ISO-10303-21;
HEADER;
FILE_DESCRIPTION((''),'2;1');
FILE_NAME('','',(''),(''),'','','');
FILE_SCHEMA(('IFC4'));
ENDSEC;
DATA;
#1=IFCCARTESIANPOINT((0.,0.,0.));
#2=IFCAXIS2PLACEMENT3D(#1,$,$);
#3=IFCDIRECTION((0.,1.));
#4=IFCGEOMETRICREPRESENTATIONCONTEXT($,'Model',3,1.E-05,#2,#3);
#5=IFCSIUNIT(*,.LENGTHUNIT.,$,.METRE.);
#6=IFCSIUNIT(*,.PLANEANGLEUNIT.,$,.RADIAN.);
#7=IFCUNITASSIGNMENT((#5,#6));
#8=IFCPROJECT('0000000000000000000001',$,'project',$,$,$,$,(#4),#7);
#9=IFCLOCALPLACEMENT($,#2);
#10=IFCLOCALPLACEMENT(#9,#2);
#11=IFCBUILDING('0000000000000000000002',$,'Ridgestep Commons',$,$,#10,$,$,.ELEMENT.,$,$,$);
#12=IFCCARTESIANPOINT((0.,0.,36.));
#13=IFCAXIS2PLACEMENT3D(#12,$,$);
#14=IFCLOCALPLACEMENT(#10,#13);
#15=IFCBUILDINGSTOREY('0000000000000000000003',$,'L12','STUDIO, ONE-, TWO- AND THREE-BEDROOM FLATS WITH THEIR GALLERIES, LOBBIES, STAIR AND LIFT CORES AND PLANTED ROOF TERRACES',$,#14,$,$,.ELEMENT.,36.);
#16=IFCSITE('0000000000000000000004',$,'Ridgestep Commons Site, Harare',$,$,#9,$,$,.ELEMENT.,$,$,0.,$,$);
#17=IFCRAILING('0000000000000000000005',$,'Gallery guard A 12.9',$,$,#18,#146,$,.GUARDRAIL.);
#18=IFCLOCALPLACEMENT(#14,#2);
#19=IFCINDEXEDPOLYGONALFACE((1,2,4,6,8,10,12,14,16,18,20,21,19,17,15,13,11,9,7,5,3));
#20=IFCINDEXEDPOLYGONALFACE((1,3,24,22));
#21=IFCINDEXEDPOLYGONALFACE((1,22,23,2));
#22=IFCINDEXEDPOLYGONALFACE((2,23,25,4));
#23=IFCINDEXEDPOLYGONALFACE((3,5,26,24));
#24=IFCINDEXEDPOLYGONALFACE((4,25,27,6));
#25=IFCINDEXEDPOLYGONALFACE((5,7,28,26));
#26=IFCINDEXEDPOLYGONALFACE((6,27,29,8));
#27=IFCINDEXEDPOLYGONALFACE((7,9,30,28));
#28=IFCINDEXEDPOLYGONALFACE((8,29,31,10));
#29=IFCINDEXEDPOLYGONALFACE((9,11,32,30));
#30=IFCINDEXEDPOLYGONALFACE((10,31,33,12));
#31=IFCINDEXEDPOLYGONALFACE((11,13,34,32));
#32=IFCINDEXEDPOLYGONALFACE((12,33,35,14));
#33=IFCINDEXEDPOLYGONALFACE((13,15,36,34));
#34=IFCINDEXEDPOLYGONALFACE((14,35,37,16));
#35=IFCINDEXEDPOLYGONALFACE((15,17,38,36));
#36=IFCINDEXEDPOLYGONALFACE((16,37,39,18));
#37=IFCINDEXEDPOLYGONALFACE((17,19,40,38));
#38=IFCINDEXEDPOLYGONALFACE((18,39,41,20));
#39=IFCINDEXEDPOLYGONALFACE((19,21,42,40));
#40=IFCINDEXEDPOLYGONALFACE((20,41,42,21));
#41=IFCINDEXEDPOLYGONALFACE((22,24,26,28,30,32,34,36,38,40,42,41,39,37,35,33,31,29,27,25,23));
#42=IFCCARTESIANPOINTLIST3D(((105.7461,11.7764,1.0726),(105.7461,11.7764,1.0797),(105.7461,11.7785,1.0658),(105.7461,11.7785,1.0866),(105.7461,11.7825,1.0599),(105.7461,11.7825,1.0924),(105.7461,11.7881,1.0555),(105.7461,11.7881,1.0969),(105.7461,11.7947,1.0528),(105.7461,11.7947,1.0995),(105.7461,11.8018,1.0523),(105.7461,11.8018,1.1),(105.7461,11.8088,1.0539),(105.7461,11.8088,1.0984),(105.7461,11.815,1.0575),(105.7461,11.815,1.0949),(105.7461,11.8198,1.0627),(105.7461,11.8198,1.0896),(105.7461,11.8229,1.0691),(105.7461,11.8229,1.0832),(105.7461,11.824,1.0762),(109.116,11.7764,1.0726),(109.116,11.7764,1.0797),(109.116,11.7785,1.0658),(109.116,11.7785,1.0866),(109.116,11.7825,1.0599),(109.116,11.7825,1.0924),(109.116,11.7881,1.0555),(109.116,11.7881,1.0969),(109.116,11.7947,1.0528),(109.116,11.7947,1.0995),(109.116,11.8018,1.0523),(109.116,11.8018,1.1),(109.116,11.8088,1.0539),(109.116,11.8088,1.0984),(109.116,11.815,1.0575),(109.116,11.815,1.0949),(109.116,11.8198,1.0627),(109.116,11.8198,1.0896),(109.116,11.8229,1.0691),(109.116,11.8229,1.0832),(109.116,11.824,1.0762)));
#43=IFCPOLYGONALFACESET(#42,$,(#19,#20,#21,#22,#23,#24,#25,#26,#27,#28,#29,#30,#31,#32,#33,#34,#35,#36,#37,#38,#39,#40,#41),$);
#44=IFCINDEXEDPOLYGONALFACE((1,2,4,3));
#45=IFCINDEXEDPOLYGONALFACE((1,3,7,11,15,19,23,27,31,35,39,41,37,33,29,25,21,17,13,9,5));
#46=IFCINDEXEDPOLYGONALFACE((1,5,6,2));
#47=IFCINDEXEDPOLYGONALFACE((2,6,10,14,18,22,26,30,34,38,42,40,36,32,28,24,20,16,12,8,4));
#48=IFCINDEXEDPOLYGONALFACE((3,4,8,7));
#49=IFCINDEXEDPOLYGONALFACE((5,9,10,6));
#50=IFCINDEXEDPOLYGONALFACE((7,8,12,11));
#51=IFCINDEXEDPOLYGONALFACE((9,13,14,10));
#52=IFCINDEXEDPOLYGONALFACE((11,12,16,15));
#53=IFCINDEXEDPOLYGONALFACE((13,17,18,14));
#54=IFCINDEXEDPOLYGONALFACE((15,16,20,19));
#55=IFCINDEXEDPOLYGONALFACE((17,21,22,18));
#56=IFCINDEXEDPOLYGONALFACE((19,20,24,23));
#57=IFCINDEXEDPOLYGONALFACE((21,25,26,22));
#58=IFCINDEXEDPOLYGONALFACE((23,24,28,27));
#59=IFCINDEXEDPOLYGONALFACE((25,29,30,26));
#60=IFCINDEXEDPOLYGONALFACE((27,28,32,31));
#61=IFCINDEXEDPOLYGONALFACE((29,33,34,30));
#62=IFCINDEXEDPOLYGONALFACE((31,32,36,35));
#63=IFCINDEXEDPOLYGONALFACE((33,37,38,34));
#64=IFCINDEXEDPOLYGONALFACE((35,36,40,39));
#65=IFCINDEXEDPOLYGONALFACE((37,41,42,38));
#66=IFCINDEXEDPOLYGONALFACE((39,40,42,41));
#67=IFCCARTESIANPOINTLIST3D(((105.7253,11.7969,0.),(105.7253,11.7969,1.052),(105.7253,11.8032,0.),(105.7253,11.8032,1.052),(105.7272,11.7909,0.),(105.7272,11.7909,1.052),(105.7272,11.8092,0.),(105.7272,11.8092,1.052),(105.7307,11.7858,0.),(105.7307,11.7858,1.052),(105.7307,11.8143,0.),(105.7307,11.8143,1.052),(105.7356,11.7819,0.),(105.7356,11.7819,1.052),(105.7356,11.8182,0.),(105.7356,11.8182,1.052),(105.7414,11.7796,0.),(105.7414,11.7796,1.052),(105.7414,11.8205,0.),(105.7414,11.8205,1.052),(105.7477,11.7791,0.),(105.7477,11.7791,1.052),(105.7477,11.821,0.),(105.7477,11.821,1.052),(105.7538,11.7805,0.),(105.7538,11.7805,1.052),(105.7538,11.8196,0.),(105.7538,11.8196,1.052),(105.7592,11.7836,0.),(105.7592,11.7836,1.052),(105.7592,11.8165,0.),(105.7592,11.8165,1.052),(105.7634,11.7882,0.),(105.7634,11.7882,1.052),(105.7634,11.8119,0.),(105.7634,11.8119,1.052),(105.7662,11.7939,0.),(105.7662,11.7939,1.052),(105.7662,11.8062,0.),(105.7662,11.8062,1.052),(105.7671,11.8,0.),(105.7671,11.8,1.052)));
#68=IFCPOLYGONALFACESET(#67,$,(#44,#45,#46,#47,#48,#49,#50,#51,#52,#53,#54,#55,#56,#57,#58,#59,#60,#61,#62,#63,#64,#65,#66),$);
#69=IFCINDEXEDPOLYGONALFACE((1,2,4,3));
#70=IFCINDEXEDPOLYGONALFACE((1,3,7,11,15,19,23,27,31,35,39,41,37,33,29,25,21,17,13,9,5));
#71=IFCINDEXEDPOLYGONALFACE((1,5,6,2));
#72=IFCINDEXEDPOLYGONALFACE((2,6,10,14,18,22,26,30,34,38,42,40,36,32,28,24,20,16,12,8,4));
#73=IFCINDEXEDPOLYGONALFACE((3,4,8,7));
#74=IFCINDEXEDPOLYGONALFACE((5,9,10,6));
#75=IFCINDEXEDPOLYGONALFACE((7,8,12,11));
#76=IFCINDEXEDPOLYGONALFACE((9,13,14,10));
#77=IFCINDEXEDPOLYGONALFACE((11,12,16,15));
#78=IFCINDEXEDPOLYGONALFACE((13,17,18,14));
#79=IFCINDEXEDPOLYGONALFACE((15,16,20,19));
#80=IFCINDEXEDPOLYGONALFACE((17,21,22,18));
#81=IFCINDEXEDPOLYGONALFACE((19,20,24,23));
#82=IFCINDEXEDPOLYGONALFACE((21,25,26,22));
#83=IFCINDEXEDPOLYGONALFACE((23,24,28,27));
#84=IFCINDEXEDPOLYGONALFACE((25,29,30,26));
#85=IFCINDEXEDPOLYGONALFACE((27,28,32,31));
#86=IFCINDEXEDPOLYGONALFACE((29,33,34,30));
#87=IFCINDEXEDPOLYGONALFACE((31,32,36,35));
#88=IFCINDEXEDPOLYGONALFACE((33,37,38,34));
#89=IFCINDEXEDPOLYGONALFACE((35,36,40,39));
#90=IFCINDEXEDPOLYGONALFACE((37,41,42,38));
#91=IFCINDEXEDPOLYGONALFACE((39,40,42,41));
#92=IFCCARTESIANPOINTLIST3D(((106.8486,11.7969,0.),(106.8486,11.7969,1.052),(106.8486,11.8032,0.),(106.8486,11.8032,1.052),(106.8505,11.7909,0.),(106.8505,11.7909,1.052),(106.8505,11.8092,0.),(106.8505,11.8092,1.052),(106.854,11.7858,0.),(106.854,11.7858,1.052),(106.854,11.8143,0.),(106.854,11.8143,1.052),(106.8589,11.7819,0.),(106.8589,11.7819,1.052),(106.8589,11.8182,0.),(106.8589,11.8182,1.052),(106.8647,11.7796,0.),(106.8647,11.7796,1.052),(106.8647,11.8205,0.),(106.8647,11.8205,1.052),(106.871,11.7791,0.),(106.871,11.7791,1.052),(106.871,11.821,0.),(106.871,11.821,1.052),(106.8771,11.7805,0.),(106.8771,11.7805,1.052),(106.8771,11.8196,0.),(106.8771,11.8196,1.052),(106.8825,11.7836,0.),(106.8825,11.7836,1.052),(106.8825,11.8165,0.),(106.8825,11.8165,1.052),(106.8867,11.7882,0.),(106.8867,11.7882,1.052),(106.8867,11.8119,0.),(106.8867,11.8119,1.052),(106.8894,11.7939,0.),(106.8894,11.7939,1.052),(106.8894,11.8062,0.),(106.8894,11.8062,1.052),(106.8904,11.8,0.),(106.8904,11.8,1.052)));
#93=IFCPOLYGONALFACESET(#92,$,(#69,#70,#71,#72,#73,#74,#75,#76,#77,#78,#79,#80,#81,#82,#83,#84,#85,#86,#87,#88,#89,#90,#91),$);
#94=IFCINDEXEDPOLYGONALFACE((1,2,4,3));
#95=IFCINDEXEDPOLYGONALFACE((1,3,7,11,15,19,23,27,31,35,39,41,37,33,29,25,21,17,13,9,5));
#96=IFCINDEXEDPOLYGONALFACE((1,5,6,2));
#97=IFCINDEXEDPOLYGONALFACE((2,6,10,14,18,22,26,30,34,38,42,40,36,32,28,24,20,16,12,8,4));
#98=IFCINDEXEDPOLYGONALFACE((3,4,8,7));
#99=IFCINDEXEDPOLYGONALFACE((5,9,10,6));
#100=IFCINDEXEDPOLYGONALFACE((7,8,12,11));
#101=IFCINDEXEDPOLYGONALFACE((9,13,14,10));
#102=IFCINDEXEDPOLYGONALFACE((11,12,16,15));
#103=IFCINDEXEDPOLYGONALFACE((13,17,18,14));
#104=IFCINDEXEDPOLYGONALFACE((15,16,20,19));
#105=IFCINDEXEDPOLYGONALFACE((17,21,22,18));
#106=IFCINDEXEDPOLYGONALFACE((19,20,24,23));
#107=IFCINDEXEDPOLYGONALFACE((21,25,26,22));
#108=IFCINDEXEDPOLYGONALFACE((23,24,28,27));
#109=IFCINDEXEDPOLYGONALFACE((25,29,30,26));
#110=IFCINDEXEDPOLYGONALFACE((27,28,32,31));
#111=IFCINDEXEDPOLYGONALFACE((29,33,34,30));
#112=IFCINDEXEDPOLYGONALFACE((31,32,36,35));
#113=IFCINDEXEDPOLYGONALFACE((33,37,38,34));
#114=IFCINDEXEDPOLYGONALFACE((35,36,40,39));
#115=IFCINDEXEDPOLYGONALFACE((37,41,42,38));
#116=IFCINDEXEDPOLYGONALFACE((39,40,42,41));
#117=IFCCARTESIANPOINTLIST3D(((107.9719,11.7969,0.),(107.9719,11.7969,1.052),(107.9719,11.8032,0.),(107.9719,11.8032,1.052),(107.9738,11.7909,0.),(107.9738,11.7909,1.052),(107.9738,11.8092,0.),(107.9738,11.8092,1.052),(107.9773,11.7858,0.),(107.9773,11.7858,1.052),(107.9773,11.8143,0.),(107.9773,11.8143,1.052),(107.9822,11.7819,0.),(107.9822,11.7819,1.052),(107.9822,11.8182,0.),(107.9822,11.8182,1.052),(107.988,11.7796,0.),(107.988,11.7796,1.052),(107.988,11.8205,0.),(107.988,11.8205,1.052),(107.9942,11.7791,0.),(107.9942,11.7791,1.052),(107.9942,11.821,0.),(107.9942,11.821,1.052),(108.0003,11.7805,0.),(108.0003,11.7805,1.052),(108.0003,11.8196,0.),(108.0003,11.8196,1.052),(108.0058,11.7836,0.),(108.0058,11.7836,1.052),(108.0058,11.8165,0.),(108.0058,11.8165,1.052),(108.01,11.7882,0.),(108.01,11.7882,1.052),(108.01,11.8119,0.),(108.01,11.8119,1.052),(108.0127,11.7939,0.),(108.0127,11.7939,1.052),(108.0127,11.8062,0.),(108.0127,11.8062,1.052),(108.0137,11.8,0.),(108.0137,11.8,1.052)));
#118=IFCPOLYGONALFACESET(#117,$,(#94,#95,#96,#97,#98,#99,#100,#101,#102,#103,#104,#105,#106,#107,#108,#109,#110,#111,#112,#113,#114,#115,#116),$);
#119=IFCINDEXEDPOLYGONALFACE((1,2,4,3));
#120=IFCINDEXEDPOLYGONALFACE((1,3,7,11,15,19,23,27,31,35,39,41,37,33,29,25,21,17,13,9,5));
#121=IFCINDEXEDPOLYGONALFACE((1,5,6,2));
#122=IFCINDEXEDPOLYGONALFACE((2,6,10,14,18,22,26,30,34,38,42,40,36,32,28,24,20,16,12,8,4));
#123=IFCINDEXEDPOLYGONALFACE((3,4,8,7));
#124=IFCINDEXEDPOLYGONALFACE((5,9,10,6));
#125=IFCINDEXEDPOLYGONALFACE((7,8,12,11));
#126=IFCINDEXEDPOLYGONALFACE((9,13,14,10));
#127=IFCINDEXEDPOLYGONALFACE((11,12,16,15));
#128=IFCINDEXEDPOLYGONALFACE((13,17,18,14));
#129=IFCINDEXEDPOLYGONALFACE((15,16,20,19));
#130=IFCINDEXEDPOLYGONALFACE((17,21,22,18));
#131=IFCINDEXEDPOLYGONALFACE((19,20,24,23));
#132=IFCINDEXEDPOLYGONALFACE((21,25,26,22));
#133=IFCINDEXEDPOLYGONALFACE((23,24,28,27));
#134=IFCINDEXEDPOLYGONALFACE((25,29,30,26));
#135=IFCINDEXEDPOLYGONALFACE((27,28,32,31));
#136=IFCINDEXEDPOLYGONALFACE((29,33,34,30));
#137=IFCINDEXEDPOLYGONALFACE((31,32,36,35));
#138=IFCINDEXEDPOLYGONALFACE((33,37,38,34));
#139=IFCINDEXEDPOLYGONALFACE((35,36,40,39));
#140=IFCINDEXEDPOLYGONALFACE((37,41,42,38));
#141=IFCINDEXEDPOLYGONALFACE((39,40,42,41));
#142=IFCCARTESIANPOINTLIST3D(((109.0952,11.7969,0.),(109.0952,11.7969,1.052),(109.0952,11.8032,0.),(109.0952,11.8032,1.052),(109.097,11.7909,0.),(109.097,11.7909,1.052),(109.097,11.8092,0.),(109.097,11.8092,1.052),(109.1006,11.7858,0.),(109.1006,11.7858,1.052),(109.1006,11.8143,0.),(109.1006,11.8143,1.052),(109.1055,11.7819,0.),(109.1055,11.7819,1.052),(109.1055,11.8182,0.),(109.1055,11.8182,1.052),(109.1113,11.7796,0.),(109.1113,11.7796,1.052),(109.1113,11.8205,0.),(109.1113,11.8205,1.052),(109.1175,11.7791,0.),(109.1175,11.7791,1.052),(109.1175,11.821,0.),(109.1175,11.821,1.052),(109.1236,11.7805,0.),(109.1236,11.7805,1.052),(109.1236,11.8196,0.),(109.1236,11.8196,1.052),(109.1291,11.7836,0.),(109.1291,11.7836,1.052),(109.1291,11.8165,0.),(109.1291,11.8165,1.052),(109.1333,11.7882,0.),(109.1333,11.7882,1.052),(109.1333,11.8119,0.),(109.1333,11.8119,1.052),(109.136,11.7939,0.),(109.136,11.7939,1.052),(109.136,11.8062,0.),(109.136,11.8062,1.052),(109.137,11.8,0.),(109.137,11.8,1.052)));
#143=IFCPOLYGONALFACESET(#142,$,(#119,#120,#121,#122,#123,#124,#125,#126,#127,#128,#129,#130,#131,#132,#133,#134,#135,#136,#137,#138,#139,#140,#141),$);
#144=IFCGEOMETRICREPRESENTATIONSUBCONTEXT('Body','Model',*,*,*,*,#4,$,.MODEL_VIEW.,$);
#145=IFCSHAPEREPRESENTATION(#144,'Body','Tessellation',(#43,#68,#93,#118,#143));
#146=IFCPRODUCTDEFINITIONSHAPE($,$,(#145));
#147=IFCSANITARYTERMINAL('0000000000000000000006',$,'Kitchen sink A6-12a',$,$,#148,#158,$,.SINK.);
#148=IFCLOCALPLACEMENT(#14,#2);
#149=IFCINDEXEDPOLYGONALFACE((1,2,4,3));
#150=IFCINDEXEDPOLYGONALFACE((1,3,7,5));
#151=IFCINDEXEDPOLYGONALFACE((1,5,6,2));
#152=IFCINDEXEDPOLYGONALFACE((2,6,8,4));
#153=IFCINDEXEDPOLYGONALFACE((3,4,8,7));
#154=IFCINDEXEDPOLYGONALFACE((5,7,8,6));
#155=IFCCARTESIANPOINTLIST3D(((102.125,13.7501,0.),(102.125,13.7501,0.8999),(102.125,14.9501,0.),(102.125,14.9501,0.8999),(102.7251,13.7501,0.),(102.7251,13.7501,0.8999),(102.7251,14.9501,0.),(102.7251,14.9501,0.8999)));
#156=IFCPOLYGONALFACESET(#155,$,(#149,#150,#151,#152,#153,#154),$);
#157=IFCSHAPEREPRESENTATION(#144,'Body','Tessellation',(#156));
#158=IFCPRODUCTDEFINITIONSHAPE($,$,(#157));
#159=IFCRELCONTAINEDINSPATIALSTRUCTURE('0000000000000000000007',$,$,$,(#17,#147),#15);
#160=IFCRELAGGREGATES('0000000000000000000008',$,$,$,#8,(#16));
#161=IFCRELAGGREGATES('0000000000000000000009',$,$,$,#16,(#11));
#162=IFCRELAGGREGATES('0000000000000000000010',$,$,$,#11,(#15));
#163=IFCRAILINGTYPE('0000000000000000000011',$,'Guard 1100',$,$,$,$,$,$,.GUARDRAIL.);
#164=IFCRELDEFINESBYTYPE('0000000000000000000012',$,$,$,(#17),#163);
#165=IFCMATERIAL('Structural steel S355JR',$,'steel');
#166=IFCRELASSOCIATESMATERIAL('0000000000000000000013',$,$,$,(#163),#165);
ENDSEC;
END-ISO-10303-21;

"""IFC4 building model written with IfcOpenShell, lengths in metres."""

from ifc_helpers import new_model, si_unit, direction, frame, origin, origin_2d, place, context, subcontext, project, spatial, rectangle, circle, extrude, material, type_object, element, save


model = new_model("IFC4")

# Units and contexts
model_context = context("Model", 3, precision=1e-05, world=origin(), true_north=direction((0.0, 1.0)))
body_context = subcontext(model_context, "Body", "Model", "MODEL_VIEW")
ifc_project = project(units=[si_unit("LENGTHUNIT", "METRE"), si_unit("PLANEANGLEUNIT", "RADIAN")], contexts=[model_context])

# Site, building, storey
site_placement = place(None, origin())
site = spatial("IfcSite", under=ifc_project, at=site_placement, Name="Ridgestep Commons Site, Harare", CompositionType="ELEMENT", RefElevation=0.0)
building_placement = place(site_placement, origin())
building = spatial("IfcBuilding", under=site, at=building_placement, Name="Ridgestep Commons", CompositionType="ELEMENT")
storey_placement = place(building_placement, frame((0.0, 0.0, 36.0)))
storey = spatial("IfcBuildingStorey", under=building, at=storey_placement, Name="L12", Description="STUDIO, ONE-, TWO- AND THREE-BEDROOM FLATS WITH THEIR GALLERIES, LOBBIES, STAIR AND LIFT CORES AND PLANTED ROOF TERRACES", CompositionType="ELEMENT", Elevation=36.0)

# Railing
ifc_material_1 = material(Name="Structural steel S355JR", Category="steel")
railing_type = type_object("IfcRailingType", Name="Guard 1100", PredefinedType="GUARDRAIL", material=ifc_material_1)
railing_1_placement = place(storey_placement, frame((105.7461, 11.8, 0.0)))
element("IfcRailing", 1, at=railing_1_placement, inside=storey, type_object=railing_type, Name="Gallery guard A 12.9", PredefinedType="GUARDRAIL", context=body_context, shape_type="SweptSolid", body=[
    extrude(circle(Radius=0.0239, at=origin_2d()), frame((0.0, 0.0, 1.0762), z_axis=(1.0, 0.0, 0.0), x_axis=(0.0, 1.0, 0.0)), (0.0, 0.0, 1.0), 3.3699),
    extrude(circle(Radius=0.021, at=origin_2d()), origin(), (0.0, 0.0, 1.0), 1.052),
    extrude(circle(Radius=0.021, at=origin_2d()), frame((1.1233, 0.0, 0.0)), (0.0, 0.0, 1.0), 1.052),
    extrude(circle(Radius=0.021, at=origin_2d()), frame((2.2466, 0.0, 0.0)), (0.0, 0.0, 1.0), 1.052),
    extrude(circle(Radius=0.021, at=origin_2d()), frame((3.3699, 0.0, 0.0)), (0.0, 0.0, 1.0), 1.052),
])

# Sanitary terminal
sanitary_terminal_placement = place(storey_placement, frame((102.425, 14.3501, 0.0), z_axis=(0.0, 0.0, 1.0), x_axis=(1.0, 0.0, 0.0)))
element("IfcSanitaryTerminal", 2, at=sanitary_terminal_placement, inside=storey, Name="Kitchen sink A6-12a", PredefinedType="SINK", context=body_context, shape_type="SweptSolid", body=[
    extrude(rectangle(XDim=0.6001, YDim=1.2, at=origin_2d()), origin(), (0.0, 0.0, 1.0), 0.8999),
])

save(model, "model.ifc")
